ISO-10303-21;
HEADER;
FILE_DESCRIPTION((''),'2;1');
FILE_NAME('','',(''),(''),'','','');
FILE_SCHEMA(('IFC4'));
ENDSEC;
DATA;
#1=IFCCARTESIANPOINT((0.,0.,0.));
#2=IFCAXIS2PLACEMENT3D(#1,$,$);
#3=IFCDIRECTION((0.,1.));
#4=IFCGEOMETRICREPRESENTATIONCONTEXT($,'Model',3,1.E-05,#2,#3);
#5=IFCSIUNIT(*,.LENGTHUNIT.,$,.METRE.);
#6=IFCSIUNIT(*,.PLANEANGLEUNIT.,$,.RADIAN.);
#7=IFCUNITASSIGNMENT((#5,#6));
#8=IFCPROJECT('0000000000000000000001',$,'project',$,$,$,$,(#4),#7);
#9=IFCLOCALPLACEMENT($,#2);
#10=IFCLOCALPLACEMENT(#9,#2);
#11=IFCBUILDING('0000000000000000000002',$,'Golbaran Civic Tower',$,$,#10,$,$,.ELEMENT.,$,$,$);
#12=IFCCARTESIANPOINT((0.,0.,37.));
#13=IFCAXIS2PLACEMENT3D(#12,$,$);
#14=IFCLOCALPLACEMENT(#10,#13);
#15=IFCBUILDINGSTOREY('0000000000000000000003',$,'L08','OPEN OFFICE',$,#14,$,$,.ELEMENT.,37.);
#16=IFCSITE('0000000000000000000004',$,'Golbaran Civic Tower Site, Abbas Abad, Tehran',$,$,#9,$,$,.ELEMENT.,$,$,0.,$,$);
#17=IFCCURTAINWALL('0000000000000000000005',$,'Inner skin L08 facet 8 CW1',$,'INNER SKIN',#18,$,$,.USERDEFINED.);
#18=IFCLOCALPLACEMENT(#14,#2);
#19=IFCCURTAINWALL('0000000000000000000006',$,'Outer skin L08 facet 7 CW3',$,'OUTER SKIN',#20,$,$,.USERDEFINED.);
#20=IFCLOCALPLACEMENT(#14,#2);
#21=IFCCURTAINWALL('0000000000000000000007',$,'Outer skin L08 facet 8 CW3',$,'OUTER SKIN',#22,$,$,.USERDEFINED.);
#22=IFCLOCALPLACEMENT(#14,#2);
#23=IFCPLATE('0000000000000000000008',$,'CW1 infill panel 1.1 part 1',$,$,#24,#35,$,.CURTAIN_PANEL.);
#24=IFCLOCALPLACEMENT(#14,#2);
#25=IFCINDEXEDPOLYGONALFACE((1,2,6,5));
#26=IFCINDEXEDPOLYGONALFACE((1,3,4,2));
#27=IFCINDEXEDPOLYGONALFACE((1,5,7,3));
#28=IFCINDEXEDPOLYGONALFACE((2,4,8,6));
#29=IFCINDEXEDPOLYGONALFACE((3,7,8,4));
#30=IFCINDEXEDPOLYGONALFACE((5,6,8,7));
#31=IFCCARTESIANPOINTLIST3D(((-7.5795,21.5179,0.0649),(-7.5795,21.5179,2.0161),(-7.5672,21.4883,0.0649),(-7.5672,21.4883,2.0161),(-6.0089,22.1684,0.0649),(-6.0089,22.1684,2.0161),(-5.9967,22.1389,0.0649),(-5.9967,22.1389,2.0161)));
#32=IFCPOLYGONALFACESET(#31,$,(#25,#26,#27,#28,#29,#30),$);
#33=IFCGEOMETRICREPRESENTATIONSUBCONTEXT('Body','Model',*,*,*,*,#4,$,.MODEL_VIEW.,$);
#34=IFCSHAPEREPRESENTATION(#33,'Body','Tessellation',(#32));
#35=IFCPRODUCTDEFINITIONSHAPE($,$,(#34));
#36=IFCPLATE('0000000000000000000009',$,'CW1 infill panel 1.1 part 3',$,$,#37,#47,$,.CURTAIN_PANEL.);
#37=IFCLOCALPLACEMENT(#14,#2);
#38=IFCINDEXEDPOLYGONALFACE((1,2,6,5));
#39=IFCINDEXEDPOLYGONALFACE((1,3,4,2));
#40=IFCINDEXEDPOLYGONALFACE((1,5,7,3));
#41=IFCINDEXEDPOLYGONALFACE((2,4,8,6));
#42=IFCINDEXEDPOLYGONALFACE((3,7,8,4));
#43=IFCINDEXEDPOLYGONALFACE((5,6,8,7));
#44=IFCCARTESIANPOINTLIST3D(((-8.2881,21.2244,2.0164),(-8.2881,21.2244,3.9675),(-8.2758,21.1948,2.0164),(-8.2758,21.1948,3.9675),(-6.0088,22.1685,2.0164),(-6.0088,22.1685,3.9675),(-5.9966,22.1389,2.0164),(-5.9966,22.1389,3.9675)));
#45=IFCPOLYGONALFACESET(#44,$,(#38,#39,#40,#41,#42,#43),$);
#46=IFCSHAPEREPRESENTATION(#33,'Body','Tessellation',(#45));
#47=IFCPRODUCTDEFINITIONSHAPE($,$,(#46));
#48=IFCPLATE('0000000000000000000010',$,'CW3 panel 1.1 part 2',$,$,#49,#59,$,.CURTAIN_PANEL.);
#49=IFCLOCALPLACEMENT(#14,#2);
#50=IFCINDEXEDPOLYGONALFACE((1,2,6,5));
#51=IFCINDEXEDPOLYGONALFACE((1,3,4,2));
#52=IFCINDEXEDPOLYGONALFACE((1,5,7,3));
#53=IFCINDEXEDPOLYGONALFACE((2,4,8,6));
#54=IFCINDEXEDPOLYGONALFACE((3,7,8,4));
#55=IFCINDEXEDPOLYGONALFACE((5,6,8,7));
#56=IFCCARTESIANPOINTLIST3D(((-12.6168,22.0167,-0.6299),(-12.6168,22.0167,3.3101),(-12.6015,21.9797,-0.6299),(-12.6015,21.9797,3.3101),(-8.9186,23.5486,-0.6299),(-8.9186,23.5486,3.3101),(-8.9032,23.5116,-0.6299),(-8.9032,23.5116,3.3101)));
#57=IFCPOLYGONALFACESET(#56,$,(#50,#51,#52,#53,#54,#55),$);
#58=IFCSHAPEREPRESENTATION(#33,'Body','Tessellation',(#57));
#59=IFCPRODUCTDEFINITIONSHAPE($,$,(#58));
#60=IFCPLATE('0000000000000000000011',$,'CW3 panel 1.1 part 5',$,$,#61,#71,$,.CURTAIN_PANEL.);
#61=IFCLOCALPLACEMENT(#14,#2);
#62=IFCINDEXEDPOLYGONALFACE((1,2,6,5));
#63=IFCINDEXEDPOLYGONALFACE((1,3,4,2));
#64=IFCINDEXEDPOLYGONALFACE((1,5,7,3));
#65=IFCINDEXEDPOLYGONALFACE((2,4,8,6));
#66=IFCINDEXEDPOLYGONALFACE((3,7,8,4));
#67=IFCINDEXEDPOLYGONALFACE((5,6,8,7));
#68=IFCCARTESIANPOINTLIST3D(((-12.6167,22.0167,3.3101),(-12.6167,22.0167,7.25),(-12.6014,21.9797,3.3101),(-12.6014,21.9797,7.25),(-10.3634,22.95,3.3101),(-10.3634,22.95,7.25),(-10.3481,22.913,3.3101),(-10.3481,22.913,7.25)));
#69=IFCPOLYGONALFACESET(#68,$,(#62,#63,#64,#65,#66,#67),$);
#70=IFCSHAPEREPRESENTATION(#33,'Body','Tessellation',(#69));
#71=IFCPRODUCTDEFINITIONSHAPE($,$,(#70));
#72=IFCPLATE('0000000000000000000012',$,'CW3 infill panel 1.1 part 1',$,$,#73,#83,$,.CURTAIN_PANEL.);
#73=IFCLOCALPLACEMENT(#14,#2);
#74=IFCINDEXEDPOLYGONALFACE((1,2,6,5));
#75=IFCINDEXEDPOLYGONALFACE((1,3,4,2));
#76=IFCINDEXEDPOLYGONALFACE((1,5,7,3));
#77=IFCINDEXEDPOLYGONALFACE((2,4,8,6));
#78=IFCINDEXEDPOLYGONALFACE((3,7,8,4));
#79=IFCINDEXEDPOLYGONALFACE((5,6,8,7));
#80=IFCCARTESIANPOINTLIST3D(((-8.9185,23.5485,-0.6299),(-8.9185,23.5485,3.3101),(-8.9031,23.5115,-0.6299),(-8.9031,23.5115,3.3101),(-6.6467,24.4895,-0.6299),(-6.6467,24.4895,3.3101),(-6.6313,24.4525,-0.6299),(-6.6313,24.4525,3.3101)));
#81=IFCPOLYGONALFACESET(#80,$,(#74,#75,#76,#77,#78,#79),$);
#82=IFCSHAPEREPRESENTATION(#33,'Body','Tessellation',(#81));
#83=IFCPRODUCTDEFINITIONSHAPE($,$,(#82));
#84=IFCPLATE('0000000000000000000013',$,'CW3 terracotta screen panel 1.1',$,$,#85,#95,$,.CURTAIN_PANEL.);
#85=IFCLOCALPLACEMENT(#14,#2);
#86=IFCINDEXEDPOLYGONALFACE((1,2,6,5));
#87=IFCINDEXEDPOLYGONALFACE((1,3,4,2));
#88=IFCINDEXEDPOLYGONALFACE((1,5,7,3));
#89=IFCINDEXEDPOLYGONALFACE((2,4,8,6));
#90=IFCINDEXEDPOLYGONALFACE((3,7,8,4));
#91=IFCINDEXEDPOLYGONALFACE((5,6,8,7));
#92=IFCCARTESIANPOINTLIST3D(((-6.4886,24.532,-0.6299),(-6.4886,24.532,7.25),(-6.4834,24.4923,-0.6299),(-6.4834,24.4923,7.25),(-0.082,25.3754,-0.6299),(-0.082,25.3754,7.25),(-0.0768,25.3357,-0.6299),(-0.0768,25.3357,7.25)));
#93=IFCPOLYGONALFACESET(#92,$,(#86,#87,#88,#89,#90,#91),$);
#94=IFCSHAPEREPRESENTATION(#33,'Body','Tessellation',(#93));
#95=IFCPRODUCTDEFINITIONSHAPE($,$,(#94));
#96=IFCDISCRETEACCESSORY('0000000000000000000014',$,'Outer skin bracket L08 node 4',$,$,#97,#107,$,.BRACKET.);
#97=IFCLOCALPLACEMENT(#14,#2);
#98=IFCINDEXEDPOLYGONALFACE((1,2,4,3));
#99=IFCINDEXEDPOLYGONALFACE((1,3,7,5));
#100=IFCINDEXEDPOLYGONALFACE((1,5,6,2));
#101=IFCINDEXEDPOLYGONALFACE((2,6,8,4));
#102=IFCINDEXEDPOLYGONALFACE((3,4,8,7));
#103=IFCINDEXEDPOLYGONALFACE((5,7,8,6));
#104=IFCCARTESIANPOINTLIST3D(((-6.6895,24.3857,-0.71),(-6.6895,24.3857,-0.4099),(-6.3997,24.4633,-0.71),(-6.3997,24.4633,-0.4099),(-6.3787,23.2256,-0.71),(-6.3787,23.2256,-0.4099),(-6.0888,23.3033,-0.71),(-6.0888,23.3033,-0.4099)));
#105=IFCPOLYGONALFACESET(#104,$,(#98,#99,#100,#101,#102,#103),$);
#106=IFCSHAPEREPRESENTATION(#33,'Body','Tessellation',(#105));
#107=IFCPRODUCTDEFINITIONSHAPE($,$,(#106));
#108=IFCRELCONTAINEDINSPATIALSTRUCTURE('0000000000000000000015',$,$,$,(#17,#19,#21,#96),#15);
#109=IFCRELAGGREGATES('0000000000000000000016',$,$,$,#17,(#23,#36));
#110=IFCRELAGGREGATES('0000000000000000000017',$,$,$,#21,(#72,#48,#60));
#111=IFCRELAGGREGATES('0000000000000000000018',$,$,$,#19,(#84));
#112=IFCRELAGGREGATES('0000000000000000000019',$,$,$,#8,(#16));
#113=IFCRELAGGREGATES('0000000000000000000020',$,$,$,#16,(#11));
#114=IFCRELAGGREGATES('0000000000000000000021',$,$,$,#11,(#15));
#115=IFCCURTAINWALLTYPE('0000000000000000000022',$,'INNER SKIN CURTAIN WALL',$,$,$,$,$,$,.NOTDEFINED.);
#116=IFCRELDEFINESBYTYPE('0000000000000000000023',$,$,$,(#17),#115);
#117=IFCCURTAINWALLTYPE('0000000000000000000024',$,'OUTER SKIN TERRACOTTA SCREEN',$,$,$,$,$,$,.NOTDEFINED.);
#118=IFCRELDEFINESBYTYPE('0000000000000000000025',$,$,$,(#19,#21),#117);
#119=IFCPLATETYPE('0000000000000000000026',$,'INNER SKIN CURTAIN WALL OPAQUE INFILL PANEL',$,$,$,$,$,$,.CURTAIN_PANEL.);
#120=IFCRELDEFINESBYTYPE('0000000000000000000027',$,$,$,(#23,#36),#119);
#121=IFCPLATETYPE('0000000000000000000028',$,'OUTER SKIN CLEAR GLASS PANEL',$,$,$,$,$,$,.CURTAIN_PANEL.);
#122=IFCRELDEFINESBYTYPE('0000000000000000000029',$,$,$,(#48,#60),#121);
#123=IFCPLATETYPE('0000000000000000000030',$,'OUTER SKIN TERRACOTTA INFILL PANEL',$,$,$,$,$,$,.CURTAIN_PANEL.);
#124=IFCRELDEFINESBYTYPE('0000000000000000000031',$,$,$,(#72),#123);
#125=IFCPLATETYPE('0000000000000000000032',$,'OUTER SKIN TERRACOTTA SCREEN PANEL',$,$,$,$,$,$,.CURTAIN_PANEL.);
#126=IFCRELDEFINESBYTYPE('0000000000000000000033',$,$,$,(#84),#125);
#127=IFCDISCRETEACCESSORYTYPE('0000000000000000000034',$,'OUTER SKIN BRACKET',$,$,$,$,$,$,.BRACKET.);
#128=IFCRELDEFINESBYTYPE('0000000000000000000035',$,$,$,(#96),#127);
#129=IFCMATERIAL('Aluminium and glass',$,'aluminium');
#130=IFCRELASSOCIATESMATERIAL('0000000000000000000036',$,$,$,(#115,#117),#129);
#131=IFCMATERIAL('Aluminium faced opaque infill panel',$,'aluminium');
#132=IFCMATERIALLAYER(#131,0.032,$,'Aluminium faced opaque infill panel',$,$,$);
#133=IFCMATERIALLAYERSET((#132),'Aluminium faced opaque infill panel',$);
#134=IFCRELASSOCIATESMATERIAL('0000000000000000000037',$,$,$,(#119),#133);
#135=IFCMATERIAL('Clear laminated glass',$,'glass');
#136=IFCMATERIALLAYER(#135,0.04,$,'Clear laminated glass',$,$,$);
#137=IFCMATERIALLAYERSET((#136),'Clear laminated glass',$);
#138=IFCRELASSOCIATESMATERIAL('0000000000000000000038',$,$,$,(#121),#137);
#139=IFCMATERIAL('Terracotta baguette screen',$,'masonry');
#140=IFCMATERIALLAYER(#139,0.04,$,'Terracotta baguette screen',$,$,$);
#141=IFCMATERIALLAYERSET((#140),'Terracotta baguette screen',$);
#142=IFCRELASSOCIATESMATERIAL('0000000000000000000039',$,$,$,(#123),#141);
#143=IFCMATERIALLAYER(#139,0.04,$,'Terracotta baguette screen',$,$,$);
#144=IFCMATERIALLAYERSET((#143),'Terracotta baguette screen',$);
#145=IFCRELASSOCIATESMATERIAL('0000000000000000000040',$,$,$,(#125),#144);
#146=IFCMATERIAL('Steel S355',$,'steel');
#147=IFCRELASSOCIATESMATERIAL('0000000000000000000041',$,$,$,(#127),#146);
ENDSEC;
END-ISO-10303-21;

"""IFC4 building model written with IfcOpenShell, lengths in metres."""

from ifc_helpers import new_model, si_unit, direction, frame, origin, origin_2d, place, context, subcontext, project, spatial, rectangle, extrude, material, layer, layer_set, type_object, element, aggregate, save


model = new_model("IFC4")

# Units and contexts
model_context = context("Model", 3, precision=1e-05, world=origin(), true_north=direction((0.0, 1.0)))
body_context = subcontext(model_context, "Body", "Model", "MODEL_VIEW")
ifc_project = project(units=[si_unit("LENGTHUNIT", "METRE"), si_unit("PLANEANGLEUNIT", "RADIAN")], contexts=[model_context])

# Site, building, storey
site_placement = place(None, origin())
site = spatial("IfcSite", under=ifc_project, at=site_placement, Name="Golbaran Civic Tower Site, Abbas Abad, Tehran", CompositionType="ELEMENT", RefElevation=0.0)
building_placement = place(site_placement, origin())
building = spatial("IfcBuilding", under=site, at=building_placement, Name="Golbaran Civic Tower", CompositionType="ELEMENT")
storey_placement = place(building_placement, frame((0.0, 0.0, 37.0)))
storey = spatial("IfcBuildingStorey", under=building, at=storey_placement, Name="L08", Description="OPEN OFFICE", CompositionType="ELEMENT", Elevation=37.0)

# Shared definitions
ifc_material_1 = material(Name="Steel S355", Category="steel")

# Shared definitions
ifc_material_2 = material(Name="Aluminium and glass", Category="aluminium")
curtain_wall_type_1 = type_object("IfcCurtainWallType", Name="INNER SKIN CURTAIN WALL", PredefinedType="NOTDEFINED", material=ifc_material_2)

# Curtain wall
curtain_wall_1_placement = place(storey_placement, origin())
curtain_wall_1 = element("IfcCurtainWall", 1, at=curtain_wall_1_placement, inside=storey, type_object=curtain_wall_type_1, Name="Inner skin L08 facet 8 CW1", ObjectType="INNER SKIN", PredefinedType="USERDEFINED")

# Curtain walls
curtain_wall_type_2 = type_object("IfcCurtainWallType", Name="OUTER SKIN TERRACOTTA SCREEN", PredefinedType="NOTDEFINED", material=ifc_material_2)
curtain_wall_2_placement = place(storey_placement, origin())
curtain_wall_2 = element("IfcCurtainWall", 2, at=curtain_wall_2_placement, inside=storey, type_object=curtain_wall_type_2, Name="Outer skin L08 facet 7 CW3", ObjectType="OUTER SKIN", PredefinedType="USERDEFINED")
curtain_wall_3_placement = place(storey_placement, origin())
curtain_wall_3 = element("IfcCurtainWall", 3, at=curtain_wall_3_placement, inside=storey, type_object=curtain_wall_type_2, Name="Outer skin L08 facet 8 CW3", ObjectType="OUTER SKIN", PredefinedType="USERDEFINED")

# Plates
ifc_material_3 = material(Name="Aluminium faced opaque infill panel", Category="aluminium")
ifc_layer_1 = layer(ifc_material_3, 0.032, Name="Aluminium faced opaque infill panel")
ifc_layer_set_1 = layer_set([ifc_layer_1], Name="Aluminium faced opaque infill panel")
plate_type_1 = type_object("IfcPlateType", Name="INNER SKIN CURTAIN WALL OPAQUE INFILL PANEL", PredefinedType="CURTAIN_PANEL", material=ifc_layer_set_1)
plate_1_placement = place(storey_placement, frame((-6.7881, 21.8284, 0.0649), z_axis=(0.0, 0.0, 1.0), x_axis=(-0.92388, -0.382683, 0.0)))
plate_1 = element("IfcPlate", 4, at=plate_1_placement, type_object=plate_type_1, Name="CW1 infill panel 1.1 part 1", PredefinedType="CURTAIN_PANEL", context=body_context, shape_type="SweptSolid", body=[
    extrude(rectangle(XDim=1.7, YDim=0.032, at=origin_2d()), origin(), (0.0, 0.0, 1.0), 1.9512),
])
plate_2_placement = place(storey_placement, frame((-7.1423, 21.6816, 2.0164), z_axis=(0.0, 0.0, 1.0), x_axis=(-0.92388, -0.382683, 0.0)))
plate_2 = element("IfcPlate", 5, at=plate_2_placement, type_object=plate_type_1, Name="CW1 infill panel 1.1 part 3", PredefinedType="CURTAIN_PANEL", context=body_context, shape_type="SweptSolid", body=[
    extrude(rectangle(XDim=2.467, YDim=0.032, at=origin_2d()), origin(), (0.0, 0.0, 1.0), 1.9512),
])
aggregate(curtain_wall_1, [plate_1, plate_2])
ifc_material_4 = material(Name="Clear laminated glass", Category="glass")
ifc_layer_2 = layer(ifc_material_4, 0.04, Name="Clear laminated glass")
ifc_layer_set_2 = layer_set([ifc_layer_2], Name="Clear laminated glass")
plate_type_2 = type_object("IfcPlateType", Name="OUTER SKIN CLEAR GLASS PANEL", PredefinedType="CURTAIN_PANEL", material=ifc_layer_set_2)
plate_3_placement = place(storey_placement, frame((-10.76, 22.7642, -0.6299), z_axis=(0.0, 0.0, 1.0), x_axis=(-0.92388, -0.382683, 0.0)))
plate_3 = element("IfcPlate", 6, at=plate_3_placement, type_object=plate_type_2, Name="CW3 panel 1.1 part 2", PredefinedType="CURTAIN_PANEL", context=body_context, shape_type="SweptSolid", body=[
    extrude(rectangle(XDim=4.0029, YDim=0.04, at=origin_2d()), origin(), (0.0, 0.0, 1.0), 3.9399),
])
plate_4_placement = place(storey_placement, frame((-11.4824, 22.4648, 3.3101), z_axis=(0.0, 0.0, 1.0), x_axis=(-0.92388, -0.382683, 0.0)))
plate_4 = element("IfcPlate", 7, at=plate_4_placement, type_object=plate_type_2, Name="CW3 panel 1.1 part 5", PredefinedType="CURTAIN_PANEL", context=body_context, shape_type="SweptSolid", body=[
    extrude(rectangle(XDim=2.439, YDim=0.04, at=origin_2d()), origin(), (0.0, 0.0, 1.0), 3.9399),
])
ifc_material_5 = material(Name="Terracotta baguette screen", Category="masonry")
ifc_layer_3 = layer(ifc_material_5, 0.04, Name="Terracotta baguette screen")
ifc_layer_set_3 = layer_set([ifc_layer_3], Name="Terracotta baguette screen")
plate_type_3 = type_object("IfcPlateType", Name="OUTER SKIN TERRACOTTA INFILL PANEL", PredefinedType="CURTAIN_PANEL", material=ifc_layer_set_3)
plate_5_placement = place(storey_placement, frame((-7.7749, 24.0005, -0.6299), z_axis=(0.0, 0.0, 1.0), x_axis=(-0.92388, -0.382683, 0.0)))
plate_5 = element("IfcPlate", 8, at=plate_5_placement, type_object=plate_type_3, Name="CW3 infill panel 1.1 part 1", PredefinedType="CURTAIN_PANEL", context=body_context, shape_type="SweptSolid", body=[
    extrude(rectangle(XDim=2.459, YDim=0.04, at=origin_2d()), origin(), (0.0, 0.0, 1.0), 3.9399),
])
aggregate(curtain_wall_3, [plate_5, plate_3, plate_4])
ifc_layer_4 = layer(ifc_material_5, 0.04, Name="Terracotta baguette screen")
ifc_layer_set_4 = layer_set([ifc_layer_4], Name="Terracotta baguette screen")
plate_type_4 = type_object("IfcPlateType", Name="OUTER SKIN TERRACOTTA SCREEN PANEL", PredefinedType="CURTAIN_PANEL", material=ifc_layer_set_4)
plate_6_placement = place(storey_placement, frame((-3.2827, 24.9338, -0.6299), z_axis=(0.0, 0.0, 1.0), x_axis=(-0.991445, -0.130526, 0.0)))
plate_6 = element("IfcPlate", 9, at=plate_6_placement, type_object=plate_type_4, Name="CW3 terracotta screen panel 1.1", PredefinedType="CURTAIN_PANEL", context=body_context, shape_type="SweptSolid", body=[
    extrude(rectangle(XDim=6.4619, YDim=0.04, at=origin_2d()), origin(), (0.0, 0.0, 1.0), 7.8799),
])
aggregate(curtain_wall_2, [plate_6])

# Discrete accessory
discrete_accessory_type = type_object("IfcDiscreteAccessoryType", Name="OUTER SKIN BRACKET", PredefinedType="BRACKET", material=ifc_material_1)
discrete_accessory_placement = place(storey_placement, frame((-6.3892, 23.8445, -0.71), z_axis=(0.0, 0.0, 1.0), x_axis=(-0.258819, 0.965926, 0.0)))
element("IfcDiscreteAccessory", 10, at=discrete_accessory_placement, inside=storey, type_object=discrete_accessory_type, Name="Outer skin bracket L08 node 4", PredefinedType="BRACKET", context=body_context, shape_type="SweptSolid", body=[
    extrude(rectangle(XDim=1.2009, YDim=0.3, at=origin_2d()), origin(), (0.0, 0.0, 1.0), 0.3),
])

save(model, "model.ifc")
